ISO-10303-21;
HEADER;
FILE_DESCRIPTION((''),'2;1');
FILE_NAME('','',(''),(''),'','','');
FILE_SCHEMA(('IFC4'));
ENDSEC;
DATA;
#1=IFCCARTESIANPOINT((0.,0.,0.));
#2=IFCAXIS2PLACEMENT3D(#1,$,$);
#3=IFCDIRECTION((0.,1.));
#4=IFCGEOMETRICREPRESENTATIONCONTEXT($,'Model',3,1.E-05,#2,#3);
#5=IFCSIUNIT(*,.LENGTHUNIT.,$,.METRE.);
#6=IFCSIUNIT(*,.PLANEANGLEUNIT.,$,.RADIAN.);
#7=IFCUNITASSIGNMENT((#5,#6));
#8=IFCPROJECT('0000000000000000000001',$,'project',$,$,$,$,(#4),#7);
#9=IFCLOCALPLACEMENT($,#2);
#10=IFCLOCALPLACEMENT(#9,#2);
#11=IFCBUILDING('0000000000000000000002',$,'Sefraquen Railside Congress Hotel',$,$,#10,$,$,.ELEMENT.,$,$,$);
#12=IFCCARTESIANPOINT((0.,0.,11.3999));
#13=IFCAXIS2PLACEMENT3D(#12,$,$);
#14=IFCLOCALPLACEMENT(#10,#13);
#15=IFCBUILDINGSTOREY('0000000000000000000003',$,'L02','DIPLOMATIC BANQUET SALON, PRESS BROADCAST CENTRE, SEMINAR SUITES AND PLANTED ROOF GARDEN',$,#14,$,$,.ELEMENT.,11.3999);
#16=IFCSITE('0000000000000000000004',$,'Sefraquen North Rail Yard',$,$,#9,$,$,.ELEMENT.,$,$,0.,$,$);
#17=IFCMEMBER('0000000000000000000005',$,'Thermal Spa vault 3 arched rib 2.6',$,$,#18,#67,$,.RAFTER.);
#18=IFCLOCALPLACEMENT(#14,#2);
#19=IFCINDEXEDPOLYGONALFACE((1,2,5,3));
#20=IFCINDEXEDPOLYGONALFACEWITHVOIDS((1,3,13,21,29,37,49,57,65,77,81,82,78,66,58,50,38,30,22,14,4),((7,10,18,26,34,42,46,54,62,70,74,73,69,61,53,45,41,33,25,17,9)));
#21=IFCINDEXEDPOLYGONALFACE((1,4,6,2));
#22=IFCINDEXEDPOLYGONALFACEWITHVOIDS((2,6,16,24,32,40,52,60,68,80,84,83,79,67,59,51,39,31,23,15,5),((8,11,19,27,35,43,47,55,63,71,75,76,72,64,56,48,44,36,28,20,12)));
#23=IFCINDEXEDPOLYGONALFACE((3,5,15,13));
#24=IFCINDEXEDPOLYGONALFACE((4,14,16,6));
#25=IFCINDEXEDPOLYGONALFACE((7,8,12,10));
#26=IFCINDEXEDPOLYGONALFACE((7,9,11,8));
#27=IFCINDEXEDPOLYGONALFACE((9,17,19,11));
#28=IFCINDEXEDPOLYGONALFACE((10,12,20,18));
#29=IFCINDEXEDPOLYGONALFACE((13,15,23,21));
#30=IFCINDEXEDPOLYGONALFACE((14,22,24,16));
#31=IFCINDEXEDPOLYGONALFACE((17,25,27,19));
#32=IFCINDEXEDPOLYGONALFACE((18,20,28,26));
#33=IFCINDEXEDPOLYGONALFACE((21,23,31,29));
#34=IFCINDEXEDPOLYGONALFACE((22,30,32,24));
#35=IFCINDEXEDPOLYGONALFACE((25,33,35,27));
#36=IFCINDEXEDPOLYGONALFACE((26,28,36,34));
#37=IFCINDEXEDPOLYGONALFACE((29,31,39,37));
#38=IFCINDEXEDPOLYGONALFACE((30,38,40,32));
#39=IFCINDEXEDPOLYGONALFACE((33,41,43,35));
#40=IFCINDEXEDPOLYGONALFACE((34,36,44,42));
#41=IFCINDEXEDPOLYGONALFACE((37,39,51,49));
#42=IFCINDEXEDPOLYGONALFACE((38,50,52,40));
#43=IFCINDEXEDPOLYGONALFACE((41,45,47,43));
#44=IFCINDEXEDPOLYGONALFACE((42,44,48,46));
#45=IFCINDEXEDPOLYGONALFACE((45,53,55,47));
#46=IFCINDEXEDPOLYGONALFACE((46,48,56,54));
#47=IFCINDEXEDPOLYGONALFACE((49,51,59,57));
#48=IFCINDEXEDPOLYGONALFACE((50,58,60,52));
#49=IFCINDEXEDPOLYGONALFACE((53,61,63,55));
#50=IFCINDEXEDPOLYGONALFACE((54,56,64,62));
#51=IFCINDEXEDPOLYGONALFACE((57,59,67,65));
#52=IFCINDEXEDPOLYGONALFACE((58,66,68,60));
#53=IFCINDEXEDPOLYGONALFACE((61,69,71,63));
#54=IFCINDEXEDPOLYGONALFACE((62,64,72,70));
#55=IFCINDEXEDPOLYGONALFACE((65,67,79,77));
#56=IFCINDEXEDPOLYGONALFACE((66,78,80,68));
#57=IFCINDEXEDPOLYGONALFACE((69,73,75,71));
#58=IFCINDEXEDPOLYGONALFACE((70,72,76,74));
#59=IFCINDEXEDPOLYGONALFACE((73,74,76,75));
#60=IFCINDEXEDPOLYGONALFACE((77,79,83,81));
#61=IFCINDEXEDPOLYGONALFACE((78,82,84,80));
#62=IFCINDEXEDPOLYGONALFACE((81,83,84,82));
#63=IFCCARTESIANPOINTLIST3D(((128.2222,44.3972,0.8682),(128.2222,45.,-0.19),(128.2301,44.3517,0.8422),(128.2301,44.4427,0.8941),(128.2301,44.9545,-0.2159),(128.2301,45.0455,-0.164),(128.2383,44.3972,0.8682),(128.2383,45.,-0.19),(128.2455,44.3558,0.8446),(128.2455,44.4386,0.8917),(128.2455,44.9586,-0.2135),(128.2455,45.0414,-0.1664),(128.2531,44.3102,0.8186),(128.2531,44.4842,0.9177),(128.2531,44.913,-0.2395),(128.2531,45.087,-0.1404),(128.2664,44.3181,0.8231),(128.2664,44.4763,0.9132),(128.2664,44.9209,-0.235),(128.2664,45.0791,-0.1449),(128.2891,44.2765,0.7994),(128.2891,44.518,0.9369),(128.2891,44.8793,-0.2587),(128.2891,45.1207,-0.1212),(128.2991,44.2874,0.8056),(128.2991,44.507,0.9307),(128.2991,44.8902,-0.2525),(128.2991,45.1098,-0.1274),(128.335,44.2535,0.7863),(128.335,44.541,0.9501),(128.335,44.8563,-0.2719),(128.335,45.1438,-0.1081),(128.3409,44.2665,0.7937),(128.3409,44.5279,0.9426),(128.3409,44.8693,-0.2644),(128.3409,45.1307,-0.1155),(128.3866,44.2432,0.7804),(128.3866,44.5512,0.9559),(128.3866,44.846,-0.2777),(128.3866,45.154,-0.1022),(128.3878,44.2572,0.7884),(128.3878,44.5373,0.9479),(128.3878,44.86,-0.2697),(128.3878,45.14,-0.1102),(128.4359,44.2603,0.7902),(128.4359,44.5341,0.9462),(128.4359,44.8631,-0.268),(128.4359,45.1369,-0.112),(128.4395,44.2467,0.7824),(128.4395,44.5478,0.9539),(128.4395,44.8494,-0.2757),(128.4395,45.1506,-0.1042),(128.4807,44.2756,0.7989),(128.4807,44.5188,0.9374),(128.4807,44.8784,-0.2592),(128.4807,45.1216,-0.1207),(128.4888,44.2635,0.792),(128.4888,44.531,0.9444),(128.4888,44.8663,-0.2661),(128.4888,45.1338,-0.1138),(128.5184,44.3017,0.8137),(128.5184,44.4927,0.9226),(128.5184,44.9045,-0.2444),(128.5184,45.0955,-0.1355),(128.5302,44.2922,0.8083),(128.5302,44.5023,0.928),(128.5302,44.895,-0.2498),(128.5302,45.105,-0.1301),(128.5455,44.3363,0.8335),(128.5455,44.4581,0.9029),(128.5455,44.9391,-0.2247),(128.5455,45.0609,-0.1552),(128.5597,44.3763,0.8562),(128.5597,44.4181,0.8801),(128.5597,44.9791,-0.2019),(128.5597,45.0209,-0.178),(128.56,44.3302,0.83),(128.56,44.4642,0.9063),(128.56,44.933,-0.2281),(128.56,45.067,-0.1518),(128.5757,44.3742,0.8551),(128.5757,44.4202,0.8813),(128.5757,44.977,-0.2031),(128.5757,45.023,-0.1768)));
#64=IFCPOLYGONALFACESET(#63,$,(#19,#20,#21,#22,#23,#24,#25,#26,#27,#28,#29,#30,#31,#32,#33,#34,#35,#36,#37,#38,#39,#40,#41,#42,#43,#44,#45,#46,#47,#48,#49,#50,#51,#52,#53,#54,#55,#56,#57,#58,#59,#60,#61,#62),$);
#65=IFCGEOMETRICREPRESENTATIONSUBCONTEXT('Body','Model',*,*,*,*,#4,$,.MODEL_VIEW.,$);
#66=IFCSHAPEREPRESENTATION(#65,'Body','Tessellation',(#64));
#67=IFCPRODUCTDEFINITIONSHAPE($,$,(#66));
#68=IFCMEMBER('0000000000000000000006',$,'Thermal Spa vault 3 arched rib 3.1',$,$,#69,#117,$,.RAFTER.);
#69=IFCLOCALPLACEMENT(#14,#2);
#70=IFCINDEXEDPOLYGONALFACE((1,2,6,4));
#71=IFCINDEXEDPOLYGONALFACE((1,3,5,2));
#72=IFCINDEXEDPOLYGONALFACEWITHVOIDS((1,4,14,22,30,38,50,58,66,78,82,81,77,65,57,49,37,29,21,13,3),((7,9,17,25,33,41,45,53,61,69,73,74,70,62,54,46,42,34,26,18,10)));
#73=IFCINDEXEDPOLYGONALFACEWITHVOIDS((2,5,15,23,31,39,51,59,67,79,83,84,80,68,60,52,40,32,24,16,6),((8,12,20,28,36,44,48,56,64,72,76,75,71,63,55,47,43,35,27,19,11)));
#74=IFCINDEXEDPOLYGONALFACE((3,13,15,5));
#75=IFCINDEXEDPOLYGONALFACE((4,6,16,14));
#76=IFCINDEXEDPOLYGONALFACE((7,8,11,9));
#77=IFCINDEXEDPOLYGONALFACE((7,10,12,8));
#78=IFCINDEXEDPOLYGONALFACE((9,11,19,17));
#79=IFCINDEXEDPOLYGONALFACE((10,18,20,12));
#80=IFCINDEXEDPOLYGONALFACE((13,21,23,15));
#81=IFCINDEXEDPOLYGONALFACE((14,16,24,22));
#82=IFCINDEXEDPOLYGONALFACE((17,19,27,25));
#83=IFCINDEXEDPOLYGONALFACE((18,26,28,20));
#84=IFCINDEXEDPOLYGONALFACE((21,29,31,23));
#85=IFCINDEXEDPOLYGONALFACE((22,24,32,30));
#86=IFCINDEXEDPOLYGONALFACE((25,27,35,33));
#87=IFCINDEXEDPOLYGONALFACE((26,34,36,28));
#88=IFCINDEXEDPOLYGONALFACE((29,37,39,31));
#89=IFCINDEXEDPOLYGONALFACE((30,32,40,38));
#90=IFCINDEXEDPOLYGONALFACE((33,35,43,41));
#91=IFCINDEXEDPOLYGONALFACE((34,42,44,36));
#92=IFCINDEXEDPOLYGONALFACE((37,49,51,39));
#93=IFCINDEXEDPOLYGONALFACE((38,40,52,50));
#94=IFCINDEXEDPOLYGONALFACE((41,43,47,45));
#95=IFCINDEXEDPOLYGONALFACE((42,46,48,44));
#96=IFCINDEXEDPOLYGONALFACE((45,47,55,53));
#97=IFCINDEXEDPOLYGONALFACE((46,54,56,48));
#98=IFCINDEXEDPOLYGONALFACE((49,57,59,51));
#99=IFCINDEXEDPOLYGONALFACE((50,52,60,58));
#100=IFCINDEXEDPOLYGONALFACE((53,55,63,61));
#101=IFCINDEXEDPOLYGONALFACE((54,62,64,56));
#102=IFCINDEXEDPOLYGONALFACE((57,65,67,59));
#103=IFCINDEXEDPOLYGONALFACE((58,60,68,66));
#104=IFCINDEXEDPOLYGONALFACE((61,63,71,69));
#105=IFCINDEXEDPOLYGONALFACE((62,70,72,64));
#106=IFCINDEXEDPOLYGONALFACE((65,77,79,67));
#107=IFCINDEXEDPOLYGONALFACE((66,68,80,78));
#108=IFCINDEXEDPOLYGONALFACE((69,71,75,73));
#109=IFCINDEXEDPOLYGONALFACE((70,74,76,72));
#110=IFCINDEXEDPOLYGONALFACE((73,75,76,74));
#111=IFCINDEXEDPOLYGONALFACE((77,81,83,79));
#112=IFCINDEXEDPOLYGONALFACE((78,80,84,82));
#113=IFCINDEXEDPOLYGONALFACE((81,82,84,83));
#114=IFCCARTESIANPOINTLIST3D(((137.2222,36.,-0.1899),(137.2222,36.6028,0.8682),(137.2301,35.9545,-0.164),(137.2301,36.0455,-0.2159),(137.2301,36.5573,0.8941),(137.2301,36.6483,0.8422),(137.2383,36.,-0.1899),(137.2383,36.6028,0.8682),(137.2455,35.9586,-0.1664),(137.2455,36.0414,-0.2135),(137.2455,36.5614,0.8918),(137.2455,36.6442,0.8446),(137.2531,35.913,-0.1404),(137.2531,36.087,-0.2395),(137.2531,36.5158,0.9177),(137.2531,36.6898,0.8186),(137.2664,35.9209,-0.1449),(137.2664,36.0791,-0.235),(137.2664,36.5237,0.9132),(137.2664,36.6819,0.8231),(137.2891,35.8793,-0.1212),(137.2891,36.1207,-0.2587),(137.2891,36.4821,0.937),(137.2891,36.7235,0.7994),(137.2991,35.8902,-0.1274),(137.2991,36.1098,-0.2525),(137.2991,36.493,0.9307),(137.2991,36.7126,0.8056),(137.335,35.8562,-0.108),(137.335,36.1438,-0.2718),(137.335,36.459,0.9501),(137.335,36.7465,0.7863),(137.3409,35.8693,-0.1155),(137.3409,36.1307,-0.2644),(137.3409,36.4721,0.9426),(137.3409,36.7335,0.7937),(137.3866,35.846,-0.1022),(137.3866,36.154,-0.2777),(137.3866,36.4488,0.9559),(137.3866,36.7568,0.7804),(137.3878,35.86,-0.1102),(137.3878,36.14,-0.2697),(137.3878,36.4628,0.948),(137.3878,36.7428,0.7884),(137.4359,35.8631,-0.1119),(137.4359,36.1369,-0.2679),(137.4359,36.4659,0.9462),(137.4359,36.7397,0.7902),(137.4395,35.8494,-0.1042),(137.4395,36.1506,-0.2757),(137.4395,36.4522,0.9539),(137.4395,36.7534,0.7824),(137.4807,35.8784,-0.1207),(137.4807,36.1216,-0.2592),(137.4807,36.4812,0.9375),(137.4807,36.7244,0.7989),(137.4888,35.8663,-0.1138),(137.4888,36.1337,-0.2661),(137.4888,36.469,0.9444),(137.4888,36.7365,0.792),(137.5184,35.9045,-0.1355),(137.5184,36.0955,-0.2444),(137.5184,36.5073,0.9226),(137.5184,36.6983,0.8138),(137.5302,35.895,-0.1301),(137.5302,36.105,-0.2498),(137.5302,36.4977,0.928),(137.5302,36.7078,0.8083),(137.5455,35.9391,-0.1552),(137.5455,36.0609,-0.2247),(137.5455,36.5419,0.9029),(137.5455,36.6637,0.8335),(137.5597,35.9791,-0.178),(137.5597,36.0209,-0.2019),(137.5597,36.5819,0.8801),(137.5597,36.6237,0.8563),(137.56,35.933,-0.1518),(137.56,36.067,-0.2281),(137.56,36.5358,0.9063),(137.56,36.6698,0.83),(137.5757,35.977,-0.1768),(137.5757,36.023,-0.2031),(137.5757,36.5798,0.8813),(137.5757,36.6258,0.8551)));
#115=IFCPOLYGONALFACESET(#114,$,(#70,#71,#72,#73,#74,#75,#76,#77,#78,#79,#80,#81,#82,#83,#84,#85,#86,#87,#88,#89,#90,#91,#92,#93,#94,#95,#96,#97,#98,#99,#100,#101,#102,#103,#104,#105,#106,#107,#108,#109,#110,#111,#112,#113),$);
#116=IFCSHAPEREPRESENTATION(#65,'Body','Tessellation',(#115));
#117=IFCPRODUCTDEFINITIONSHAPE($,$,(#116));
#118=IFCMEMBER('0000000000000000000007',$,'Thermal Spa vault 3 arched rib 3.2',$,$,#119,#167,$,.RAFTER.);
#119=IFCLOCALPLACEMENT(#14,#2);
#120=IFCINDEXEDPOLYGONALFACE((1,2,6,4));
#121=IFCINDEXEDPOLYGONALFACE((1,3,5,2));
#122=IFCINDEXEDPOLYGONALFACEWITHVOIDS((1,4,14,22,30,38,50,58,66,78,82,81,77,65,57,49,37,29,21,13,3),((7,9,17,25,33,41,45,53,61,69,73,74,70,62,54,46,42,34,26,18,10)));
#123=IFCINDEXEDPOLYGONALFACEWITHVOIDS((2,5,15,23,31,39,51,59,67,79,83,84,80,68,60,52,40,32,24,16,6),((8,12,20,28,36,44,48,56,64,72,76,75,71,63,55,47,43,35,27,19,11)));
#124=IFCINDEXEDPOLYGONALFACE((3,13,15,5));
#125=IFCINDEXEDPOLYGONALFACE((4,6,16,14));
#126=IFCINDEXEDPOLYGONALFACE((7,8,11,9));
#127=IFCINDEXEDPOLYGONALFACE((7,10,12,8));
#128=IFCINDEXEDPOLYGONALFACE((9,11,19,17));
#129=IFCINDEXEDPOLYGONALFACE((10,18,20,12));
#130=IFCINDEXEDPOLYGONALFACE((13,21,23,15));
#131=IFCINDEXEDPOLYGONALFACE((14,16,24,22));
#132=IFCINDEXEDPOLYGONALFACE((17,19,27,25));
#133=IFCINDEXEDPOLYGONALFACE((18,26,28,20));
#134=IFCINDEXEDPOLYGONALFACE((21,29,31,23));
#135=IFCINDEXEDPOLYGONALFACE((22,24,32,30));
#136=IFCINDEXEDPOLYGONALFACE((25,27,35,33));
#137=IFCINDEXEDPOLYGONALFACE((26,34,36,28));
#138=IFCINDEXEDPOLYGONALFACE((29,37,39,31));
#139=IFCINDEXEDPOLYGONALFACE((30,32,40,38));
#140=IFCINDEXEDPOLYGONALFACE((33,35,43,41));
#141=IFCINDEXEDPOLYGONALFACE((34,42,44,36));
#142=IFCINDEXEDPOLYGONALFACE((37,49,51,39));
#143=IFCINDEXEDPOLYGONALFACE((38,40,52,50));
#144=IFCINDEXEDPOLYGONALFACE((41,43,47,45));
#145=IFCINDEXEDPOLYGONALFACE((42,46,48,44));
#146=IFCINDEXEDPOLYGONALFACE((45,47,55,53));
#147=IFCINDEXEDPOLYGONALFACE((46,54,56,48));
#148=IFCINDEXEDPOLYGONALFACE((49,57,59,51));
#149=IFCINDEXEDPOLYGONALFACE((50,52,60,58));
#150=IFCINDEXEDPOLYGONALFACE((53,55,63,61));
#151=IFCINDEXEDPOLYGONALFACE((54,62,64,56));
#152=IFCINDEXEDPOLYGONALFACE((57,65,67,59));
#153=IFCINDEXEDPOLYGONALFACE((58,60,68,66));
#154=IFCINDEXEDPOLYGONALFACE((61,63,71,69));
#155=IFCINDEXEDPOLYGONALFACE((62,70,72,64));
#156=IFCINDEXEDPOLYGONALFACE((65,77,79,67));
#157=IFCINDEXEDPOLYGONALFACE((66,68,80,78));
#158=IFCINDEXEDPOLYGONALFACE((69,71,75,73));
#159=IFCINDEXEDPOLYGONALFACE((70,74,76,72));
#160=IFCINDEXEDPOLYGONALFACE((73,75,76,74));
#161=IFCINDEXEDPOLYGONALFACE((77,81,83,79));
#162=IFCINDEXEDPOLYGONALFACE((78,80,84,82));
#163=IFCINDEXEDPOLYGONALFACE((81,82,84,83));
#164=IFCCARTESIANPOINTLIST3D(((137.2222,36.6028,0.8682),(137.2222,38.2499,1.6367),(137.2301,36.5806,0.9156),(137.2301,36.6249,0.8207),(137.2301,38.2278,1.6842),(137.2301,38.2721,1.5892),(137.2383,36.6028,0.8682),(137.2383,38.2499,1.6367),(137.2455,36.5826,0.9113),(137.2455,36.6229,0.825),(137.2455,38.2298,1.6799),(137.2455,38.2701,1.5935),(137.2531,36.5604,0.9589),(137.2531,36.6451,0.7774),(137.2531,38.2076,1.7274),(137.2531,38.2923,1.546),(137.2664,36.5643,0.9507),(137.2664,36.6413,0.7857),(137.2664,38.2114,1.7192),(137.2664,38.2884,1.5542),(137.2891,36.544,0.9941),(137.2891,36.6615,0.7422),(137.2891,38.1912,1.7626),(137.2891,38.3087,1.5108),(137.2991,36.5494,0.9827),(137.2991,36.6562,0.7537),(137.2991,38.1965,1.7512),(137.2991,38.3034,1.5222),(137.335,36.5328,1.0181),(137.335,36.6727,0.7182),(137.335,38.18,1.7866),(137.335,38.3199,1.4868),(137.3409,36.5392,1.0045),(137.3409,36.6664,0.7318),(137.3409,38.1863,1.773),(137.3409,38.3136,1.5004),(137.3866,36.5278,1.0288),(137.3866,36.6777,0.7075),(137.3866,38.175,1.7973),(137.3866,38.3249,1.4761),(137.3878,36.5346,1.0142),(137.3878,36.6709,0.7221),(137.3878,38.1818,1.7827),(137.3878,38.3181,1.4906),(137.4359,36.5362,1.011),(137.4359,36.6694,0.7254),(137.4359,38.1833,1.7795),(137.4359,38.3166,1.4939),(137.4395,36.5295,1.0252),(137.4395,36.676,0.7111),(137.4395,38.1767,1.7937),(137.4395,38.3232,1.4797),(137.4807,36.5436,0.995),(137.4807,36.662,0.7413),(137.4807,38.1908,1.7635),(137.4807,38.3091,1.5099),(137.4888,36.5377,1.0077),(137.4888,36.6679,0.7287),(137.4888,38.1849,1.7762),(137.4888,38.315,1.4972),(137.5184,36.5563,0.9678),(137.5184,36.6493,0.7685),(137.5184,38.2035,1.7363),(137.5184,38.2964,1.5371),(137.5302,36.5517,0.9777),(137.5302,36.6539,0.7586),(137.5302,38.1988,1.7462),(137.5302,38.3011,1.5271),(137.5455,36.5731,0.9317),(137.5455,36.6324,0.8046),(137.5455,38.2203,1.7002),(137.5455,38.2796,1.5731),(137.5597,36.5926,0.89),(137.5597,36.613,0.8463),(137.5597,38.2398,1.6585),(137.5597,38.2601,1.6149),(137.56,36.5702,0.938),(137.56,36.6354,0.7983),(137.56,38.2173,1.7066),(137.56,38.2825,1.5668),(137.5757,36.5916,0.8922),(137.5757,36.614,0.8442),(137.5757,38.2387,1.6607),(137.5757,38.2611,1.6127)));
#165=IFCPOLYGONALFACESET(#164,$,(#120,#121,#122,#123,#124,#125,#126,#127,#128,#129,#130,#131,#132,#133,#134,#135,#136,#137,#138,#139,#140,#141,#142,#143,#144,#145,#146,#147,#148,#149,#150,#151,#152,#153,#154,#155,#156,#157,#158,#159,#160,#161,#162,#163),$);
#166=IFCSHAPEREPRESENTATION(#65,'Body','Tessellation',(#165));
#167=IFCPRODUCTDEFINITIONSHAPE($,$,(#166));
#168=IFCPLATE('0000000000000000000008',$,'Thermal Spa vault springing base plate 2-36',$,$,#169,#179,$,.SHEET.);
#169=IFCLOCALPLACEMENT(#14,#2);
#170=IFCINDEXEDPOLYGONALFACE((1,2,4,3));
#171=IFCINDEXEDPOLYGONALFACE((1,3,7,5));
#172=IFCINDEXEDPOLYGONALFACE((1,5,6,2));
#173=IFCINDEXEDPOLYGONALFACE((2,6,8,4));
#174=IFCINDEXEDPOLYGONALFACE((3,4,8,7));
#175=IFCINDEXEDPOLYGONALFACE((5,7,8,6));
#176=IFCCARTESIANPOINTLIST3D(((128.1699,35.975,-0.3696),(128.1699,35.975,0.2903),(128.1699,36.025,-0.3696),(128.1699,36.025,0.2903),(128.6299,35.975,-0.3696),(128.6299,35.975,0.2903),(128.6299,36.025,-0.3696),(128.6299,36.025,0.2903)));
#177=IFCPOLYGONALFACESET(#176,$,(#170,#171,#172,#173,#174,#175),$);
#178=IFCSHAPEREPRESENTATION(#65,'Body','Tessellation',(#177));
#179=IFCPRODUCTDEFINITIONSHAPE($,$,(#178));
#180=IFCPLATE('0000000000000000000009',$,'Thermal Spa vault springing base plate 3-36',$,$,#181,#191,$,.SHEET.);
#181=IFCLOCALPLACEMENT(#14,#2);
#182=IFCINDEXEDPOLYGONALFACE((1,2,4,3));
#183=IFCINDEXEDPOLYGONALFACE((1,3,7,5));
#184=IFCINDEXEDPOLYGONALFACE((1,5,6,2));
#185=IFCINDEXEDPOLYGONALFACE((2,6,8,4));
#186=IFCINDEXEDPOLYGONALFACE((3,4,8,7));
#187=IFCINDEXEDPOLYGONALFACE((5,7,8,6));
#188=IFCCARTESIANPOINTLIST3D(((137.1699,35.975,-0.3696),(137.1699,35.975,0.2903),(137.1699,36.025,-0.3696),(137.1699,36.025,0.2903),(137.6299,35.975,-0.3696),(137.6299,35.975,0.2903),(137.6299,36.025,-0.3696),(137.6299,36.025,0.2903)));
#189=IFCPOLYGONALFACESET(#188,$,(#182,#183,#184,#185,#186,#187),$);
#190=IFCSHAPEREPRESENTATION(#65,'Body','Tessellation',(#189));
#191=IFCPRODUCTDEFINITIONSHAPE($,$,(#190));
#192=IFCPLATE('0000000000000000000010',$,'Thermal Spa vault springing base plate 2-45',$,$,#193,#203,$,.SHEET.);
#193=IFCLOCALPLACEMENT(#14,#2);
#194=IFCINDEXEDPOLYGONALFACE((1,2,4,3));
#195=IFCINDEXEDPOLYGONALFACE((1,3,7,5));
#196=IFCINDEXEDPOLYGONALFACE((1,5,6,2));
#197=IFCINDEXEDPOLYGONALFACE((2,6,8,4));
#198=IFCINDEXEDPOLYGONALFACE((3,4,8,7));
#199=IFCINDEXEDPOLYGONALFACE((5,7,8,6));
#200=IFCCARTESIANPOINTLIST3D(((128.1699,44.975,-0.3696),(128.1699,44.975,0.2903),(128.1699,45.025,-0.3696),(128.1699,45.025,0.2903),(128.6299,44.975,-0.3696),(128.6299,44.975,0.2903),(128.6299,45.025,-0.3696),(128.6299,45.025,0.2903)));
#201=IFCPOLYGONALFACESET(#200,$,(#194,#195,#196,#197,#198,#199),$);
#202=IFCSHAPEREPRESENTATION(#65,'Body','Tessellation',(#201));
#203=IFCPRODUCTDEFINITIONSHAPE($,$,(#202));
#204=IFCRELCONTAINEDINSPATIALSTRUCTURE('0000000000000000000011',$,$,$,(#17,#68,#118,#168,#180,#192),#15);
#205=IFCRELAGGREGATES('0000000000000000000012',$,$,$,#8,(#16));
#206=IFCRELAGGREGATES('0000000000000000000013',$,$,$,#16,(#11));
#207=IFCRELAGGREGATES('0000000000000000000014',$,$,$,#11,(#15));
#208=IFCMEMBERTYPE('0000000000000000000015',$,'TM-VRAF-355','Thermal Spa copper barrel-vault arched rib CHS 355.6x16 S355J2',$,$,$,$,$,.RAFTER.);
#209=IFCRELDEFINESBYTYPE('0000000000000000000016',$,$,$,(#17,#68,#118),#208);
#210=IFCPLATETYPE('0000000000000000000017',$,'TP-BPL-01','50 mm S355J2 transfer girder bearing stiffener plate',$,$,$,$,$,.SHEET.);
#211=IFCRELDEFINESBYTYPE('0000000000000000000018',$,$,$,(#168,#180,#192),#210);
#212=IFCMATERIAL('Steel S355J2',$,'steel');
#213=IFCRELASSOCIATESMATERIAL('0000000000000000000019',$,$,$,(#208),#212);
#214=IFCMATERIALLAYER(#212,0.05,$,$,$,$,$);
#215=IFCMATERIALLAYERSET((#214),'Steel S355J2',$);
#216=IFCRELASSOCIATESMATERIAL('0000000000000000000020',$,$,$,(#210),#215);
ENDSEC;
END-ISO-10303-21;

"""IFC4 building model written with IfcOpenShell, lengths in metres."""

from ifc_helpers import new_model, si_unit, direction, frame, origin, origin_2d, place, context, subcontext, project, spatial, rectangle, hollow_circle, extrude, material, layer, layer_set, material_profile, profile_set, type_object, element, save


model = new_model("IFC4")

# Units and contexts
model_context = context("Model", 3, precision=1e-05, world=origin(), true_north=direction((0.0, 1.0)))
body_context = subcontext(model_context, "Body", "Model", "MODEL_VIEW")
ifc_project = project(units=[si_unit("LENGTHUNIT", "METRE"), si_unit("PLANEANGLEUNIT", "RADIAN")], contexts=[model_context])

# Site, building, storey
site_placement = place(None, origin())
site = spatial("IfcSite", under=ifc_project, at=site_placement, Name="Sefraquen North Rail Yard", CompositionType="ELEMENT", RefElevation=0.0)
building_placement = place(site_placement, origin())
building = spatial("IfcBuilding", under=site, at=building_placement, Name="Sefraquen Railside Congress Hotel", CompositionType="ELEMENT")
storey_placement = place(building_placement, frame((0.0, 0.0, 11.3999)))
storey = spatial("IfcBuildingStorey", under=building, at=storey_placement, Name="L02", Description="DIPLOMATIC BANQUET SALON, PRESS BROADCAST CENTRE, SEMINAR SUITES AND PLANTED ROOF GARDEN", CompositionType="ELEMENT", Elevation=11.3999)

# Members
ifc_material_1 = material(Name="Steel S355J2", Category="steel")
ifc_material_profile_1 = material_profile(ifc_material_1, hollow_circle(Radius=0.1777, WallThickness=0.0161, at=origin_2d()), Name="CHS 355.6x16")
ifc_profile_set_1 = profile_set([ifc_material_profile_1], Name="Steel S355J2")
member_type = type_object("IfcMemberType", Name="TM-VRAF-355", Description="Thermal Spa copper barrel-vault arched rib CHS 355.6x16 S355J2", PredefinedType="RAFTER", material=ifc_profile_set_1)
for number, where, z_axis, x_axis, name in (
    (1, (128.3999, 44.3972, 0.8682), (0.0, 0.494994, -0.868896), (-1.0, 0.0, 0.0), "Thermal Spa vault 3 arched rib 2.6"),
    (2, (137.3999, 36.0, -0.1899), (0.0, 0.494994, 0.868896), (-1.0, 0.0, 0.0), "Thermal Spa vault 3 arched rib 3.1"),
):
    element("IfcMember", number, at=place(storey_placement, frame(where, z_axis=z_axis, x_axis=x_axis)), inside=storey, type_object=member_type, Name=name, PredefinedType="RAFTER", context=body_context, shape_type="SweptSolid", body=[
        extrude(hollow_circle(Radius=0.1777, WallThickness=0.0161, at=origin_2d()), origin(), (0.0, 0.0, 1.0), 1.2178),
    ])
member_1_placement = place(storey_placement, frame((137.3999, 36.6028, 0.8682), z_axis=(0.0, 0.906214, 0.422819), x_axis=(-1.0, 0.0, 0.0)))
element("IfcMember", 3, at=member_1_placement, inside=storey, type_object=member_type, Name="Thermal Spa vault 3 arched rib 3.2", PredefinedType="RAFTER", context=body_context, shape_type="SweptSolid", body=[
    extrude(hollow_circle(Radius=0.1777, WallThickness=0.0161, at=origin_2d()), origin(), (0.0, 0.0, 1.0), 1.8176),
])

# Plates
ifc_layer = layer(ifc_material_1, 0.05)
ifc_layer_set = layer_set([ifc_layer], Name="Steel S355J2")
plate_type = type_object("IfcPlateType", Name="TP-BPL-01", Description="50 mm S355J2 transfer girder bearing stiffener plate", PredefinedType="SHEET", material=ifc_layer_set)
for number, where, z_axis, x_axis, name in (
    (4, (128.3999, 36.0, -0.3696), (0.0, 0.0, 1.0), (1.0, 0.0, 0.0), "Thermal Spa vault springing base plate 2-36"),
    (5, (137.3999, 36.0, -0.3696), (0.0, 0.0, 1.0), (1.0, 0.0, 0.0), "Thermal Spa vault springing base plate 3-36"),
    (6, (128.3999, 45.0, -0.3696), (0.0, 0.0, 1.0), (1.0, 0.0, 0.0), "Thermal Spa vault springing base plate 2-45"),
):
    element("IfcPlate", number, at=place(storey_placement, frame(where, z_axis=z_axis, x_axis=x_axis)), inside=storey, type_object=plate_type, Name=name, PredefinedType="SHEET", context=body_context, shape_type="SweptSolid", body=[
        extrude(rectangle(XDim=0.46, YDim=0.05, at=origin_2d()), origin(), (0.0, 0.0, 1.0), 0.6599),
    ])

save(model, "model.ifc")
